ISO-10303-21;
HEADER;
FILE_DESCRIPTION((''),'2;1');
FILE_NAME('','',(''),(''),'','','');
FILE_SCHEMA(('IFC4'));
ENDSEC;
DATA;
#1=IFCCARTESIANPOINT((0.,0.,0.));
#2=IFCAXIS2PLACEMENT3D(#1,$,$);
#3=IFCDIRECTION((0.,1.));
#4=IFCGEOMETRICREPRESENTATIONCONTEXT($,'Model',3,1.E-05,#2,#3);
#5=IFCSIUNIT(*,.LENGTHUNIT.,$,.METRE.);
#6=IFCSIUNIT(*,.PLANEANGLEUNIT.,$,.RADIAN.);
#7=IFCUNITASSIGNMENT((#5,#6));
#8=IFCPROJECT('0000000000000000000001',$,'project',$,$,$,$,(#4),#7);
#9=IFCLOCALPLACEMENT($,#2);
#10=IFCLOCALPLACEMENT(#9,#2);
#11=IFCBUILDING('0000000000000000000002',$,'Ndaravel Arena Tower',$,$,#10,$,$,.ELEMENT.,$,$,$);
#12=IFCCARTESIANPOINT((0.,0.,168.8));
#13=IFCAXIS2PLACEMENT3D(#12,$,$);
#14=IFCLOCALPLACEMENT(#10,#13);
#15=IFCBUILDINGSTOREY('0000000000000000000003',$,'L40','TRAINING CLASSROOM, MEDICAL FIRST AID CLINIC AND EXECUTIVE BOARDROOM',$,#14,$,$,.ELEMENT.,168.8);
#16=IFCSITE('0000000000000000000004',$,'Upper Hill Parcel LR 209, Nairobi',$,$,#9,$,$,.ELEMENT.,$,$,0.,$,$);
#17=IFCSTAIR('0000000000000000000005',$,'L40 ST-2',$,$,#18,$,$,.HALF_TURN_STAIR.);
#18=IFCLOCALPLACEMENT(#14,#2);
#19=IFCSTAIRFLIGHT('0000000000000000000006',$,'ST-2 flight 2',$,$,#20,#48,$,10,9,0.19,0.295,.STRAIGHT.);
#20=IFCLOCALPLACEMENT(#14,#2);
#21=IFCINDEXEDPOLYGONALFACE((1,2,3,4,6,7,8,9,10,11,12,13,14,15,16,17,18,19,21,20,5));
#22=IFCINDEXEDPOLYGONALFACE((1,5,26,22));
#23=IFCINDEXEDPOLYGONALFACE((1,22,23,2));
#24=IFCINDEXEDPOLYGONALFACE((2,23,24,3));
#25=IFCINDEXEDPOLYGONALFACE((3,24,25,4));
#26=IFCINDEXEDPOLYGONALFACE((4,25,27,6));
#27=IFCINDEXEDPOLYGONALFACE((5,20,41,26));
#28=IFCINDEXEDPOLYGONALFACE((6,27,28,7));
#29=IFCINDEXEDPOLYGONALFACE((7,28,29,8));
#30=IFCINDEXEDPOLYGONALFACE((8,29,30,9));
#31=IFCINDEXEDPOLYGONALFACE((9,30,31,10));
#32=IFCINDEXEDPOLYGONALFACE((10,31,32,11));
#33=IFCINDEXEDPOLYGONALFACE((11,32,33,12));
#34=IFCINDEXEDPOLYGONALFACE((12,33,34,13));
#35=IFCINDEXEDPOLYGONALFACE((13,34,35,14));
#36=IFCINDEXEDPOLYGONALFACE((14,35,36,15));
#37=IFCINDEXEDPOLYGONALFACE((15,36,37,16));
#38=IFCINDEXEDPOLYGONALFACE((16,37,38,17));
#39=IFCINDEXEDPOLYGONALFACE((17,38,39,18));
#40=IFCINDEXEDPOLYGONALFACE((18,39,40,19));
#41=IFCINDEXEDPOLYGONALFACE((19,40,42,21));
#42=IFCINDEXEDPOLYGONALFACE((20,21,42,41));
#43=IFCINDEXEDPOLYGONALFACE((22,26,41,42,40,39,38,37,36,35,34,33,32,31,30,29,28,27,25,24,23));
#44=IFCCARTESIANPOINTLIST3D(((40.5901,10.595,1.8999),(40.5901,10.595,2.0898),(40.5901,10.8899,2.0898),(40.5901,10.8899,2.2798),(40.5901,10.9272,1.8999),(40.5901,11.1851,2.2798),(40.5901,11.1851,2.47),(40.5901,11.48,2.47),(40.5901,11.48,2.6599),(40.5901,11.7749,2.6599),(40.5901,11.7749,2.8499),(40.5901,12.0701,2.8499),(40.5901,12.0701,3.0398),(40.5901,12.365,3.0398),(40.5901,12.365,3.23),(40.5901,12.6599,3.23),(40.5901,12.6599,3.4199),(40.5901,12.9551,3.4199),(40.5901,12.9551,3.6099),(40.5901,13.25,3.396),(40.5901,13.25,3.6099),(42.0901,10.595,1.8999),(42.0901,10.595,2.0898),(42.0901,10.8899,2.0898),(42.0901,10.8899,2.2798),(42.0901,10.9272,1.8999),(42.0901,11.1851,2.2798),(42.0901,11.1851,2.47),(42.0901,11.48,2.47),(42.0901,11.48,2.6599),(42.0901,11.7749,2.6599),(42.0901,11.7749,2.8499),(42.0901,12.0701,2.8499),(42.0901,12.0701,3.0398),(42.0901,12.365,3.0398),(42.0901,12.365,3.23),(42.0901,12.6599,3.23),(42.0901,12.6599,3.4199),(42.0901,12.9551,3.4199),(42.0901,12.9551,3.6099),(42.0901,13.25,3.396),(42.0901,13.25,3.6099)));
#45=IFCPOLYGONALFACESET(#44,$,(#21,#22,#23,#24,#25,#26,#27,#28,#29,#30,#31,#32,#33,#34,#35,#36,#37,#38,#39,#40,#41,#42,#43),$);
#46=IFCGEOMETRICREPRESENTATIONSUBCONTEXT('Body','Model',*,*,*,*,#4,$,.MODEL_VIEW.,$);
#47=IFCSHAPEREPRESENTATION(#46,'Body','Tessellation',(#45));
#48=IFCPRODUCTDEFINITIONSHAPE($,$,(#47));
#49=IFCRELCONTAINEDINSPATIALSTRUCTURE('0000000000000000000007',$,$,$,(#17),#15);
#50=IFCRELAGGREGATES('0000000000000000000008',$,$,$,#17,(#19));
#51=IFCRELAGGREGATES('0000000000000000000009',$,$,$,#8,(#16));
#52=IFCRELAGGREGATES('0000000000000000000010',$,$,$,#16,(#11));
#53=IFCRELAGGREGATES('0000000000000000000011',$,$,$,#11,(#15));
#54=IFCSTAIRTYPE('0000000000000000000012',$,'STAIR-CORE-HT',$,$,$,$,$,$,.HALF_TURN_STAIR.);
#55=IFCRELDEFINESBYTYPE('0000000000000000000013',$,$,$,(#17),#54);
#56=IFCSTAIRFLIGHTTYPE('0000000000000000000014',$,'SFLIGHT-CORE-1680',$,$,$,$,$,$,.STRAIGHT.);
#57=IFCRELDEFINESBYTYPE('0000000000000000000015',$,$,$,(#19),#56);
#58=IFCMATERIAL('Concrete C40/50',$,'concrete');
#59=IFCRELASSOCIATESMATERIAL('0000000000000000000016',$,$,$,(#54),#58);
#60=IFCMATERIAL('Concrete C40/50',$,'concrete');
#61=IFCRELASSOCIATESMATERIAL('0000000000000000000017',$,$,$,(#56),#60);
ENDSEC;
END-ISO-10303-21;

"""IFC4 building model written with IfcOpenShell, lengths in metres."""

from ifc_helpers import new_model, si_unit, direction, frame, origin, place, context, subcontext, project, spatial, polyline, outline, extrude, material, type_object, element, aggregate, save


model = new_model("IFC4")

# Units and contexts
model_context = context("Model", 3, precision=1e-05, world=origin(), true_north=direction((0.0, 1.0)))
body_context = subcontext(model_context, "Body", "Model", "MODEL_VIEW")
ifc_project = project(units=[si_unit("LENGTHUNIT", "METRE"), si_unit("PLANEANGLEUNIT", "RADIAN")], contexts=[model_context])

# Site, building, storey
site_placement = place(None, origin())
site = spatial("IfcSite", under=ifc_project, at=site_placement, Name="Upper Hill Parcel LR 209, Nairobi", CompositionType="ELEMENT", RefElevation=0.0)
building_placement = place(site_placement, origin())
building = spatial("IfcBuilding", under=site, at=building_placement, Name="Ndaravel Arena Tower", CompositionType="ELEMENT")
storey_placement = place(building_placement, frame((0.0, 0.0, 168.8)))
storey = spatial("IfcBuildingStorey", under=building, at=storey_placement, Name="L40", Description="TRAINING CLASSROOM, MEDICAL FIRST AID CLINIC AND EXECUTIVE BOARDROOM", CompositionType="ELEMENT", Elevation=168.8)

# Stair, stair flight
ifc_material_1 = material(Name="Concrete C40/50", Category="concrete")
stair_type = type_object("IfcStairType", Name="STAIR-CORE-HT", PredefinedType="HALF_TURN_STAIR", material=ifc_material_1)
stair_placement = place(storey_placement, origin())
stair = element("IfcStair", 1, at=stair_placement, inside=storey, type_object=stair_type, Name="L40 ST-2", PredefinedType="HALF_TURN_STAIR")
ifc_material_2 = material(Name="Concrete C40/50", Category="concrete")
stair_flight_type = type_object("IfcStairFlightType", Name="SFLIGHT-CORE-1680", PredefinedType="STRAIGHT", material=ifc_material_2)
stair_flight_1_placement = place(storey_placement, frame((41.3401, 10.595, 1.8999), z_axis=(0.0, 0.0, 1.0), x_axis=(0.0, 1.0, 0.0)))
stair_flight_1 = element("IfcStairFlight", 2, at=stair_flight_1_placement, type_object=stair_flight_type, Name="ST-2 flight 2", NumberOfRisers=10, NumberOfTreads=9, PredefinedType="STRAIGHT", RiserHeight=0.19, TreadLength=0.295, context=body_context, shape_type="SweptSolid", body=[
    extrude(outline(polyline([(0.0, 0.0), (0.0, 0.1899), (0.2949, 0.1899), (0.2949, 0.3799), (0.5901, 0.3799), (0.5901, 0.5701), (0.885, 0.5701), (0.885, 0.76), (1.1799, 0.76), (1.1799, 0.95), (1.4751, 0.95), (1.4751, 1.1399), (1.77, 1.1399), (1.77, 1.3301), (2.0649, 1.3301), (2.0649, 1.52), (2.3601, 1.52), (2.3601, 1.71), (2.655, 1.71), (2.655, 1.8999), (2.655, 1.4961), (0.3323, 0.0), (0.0, 0.0)])), frame((0.0, 0.75, 0.0), z_axis=(0.0, -1.0, 0.0), x_axis=(1.0, 0.0, 0.0)), (0.0, 0.0, 1.0), 1.5),
])
aggregate(stair, [stair_flight_1])

save(model, "model.ifc")
